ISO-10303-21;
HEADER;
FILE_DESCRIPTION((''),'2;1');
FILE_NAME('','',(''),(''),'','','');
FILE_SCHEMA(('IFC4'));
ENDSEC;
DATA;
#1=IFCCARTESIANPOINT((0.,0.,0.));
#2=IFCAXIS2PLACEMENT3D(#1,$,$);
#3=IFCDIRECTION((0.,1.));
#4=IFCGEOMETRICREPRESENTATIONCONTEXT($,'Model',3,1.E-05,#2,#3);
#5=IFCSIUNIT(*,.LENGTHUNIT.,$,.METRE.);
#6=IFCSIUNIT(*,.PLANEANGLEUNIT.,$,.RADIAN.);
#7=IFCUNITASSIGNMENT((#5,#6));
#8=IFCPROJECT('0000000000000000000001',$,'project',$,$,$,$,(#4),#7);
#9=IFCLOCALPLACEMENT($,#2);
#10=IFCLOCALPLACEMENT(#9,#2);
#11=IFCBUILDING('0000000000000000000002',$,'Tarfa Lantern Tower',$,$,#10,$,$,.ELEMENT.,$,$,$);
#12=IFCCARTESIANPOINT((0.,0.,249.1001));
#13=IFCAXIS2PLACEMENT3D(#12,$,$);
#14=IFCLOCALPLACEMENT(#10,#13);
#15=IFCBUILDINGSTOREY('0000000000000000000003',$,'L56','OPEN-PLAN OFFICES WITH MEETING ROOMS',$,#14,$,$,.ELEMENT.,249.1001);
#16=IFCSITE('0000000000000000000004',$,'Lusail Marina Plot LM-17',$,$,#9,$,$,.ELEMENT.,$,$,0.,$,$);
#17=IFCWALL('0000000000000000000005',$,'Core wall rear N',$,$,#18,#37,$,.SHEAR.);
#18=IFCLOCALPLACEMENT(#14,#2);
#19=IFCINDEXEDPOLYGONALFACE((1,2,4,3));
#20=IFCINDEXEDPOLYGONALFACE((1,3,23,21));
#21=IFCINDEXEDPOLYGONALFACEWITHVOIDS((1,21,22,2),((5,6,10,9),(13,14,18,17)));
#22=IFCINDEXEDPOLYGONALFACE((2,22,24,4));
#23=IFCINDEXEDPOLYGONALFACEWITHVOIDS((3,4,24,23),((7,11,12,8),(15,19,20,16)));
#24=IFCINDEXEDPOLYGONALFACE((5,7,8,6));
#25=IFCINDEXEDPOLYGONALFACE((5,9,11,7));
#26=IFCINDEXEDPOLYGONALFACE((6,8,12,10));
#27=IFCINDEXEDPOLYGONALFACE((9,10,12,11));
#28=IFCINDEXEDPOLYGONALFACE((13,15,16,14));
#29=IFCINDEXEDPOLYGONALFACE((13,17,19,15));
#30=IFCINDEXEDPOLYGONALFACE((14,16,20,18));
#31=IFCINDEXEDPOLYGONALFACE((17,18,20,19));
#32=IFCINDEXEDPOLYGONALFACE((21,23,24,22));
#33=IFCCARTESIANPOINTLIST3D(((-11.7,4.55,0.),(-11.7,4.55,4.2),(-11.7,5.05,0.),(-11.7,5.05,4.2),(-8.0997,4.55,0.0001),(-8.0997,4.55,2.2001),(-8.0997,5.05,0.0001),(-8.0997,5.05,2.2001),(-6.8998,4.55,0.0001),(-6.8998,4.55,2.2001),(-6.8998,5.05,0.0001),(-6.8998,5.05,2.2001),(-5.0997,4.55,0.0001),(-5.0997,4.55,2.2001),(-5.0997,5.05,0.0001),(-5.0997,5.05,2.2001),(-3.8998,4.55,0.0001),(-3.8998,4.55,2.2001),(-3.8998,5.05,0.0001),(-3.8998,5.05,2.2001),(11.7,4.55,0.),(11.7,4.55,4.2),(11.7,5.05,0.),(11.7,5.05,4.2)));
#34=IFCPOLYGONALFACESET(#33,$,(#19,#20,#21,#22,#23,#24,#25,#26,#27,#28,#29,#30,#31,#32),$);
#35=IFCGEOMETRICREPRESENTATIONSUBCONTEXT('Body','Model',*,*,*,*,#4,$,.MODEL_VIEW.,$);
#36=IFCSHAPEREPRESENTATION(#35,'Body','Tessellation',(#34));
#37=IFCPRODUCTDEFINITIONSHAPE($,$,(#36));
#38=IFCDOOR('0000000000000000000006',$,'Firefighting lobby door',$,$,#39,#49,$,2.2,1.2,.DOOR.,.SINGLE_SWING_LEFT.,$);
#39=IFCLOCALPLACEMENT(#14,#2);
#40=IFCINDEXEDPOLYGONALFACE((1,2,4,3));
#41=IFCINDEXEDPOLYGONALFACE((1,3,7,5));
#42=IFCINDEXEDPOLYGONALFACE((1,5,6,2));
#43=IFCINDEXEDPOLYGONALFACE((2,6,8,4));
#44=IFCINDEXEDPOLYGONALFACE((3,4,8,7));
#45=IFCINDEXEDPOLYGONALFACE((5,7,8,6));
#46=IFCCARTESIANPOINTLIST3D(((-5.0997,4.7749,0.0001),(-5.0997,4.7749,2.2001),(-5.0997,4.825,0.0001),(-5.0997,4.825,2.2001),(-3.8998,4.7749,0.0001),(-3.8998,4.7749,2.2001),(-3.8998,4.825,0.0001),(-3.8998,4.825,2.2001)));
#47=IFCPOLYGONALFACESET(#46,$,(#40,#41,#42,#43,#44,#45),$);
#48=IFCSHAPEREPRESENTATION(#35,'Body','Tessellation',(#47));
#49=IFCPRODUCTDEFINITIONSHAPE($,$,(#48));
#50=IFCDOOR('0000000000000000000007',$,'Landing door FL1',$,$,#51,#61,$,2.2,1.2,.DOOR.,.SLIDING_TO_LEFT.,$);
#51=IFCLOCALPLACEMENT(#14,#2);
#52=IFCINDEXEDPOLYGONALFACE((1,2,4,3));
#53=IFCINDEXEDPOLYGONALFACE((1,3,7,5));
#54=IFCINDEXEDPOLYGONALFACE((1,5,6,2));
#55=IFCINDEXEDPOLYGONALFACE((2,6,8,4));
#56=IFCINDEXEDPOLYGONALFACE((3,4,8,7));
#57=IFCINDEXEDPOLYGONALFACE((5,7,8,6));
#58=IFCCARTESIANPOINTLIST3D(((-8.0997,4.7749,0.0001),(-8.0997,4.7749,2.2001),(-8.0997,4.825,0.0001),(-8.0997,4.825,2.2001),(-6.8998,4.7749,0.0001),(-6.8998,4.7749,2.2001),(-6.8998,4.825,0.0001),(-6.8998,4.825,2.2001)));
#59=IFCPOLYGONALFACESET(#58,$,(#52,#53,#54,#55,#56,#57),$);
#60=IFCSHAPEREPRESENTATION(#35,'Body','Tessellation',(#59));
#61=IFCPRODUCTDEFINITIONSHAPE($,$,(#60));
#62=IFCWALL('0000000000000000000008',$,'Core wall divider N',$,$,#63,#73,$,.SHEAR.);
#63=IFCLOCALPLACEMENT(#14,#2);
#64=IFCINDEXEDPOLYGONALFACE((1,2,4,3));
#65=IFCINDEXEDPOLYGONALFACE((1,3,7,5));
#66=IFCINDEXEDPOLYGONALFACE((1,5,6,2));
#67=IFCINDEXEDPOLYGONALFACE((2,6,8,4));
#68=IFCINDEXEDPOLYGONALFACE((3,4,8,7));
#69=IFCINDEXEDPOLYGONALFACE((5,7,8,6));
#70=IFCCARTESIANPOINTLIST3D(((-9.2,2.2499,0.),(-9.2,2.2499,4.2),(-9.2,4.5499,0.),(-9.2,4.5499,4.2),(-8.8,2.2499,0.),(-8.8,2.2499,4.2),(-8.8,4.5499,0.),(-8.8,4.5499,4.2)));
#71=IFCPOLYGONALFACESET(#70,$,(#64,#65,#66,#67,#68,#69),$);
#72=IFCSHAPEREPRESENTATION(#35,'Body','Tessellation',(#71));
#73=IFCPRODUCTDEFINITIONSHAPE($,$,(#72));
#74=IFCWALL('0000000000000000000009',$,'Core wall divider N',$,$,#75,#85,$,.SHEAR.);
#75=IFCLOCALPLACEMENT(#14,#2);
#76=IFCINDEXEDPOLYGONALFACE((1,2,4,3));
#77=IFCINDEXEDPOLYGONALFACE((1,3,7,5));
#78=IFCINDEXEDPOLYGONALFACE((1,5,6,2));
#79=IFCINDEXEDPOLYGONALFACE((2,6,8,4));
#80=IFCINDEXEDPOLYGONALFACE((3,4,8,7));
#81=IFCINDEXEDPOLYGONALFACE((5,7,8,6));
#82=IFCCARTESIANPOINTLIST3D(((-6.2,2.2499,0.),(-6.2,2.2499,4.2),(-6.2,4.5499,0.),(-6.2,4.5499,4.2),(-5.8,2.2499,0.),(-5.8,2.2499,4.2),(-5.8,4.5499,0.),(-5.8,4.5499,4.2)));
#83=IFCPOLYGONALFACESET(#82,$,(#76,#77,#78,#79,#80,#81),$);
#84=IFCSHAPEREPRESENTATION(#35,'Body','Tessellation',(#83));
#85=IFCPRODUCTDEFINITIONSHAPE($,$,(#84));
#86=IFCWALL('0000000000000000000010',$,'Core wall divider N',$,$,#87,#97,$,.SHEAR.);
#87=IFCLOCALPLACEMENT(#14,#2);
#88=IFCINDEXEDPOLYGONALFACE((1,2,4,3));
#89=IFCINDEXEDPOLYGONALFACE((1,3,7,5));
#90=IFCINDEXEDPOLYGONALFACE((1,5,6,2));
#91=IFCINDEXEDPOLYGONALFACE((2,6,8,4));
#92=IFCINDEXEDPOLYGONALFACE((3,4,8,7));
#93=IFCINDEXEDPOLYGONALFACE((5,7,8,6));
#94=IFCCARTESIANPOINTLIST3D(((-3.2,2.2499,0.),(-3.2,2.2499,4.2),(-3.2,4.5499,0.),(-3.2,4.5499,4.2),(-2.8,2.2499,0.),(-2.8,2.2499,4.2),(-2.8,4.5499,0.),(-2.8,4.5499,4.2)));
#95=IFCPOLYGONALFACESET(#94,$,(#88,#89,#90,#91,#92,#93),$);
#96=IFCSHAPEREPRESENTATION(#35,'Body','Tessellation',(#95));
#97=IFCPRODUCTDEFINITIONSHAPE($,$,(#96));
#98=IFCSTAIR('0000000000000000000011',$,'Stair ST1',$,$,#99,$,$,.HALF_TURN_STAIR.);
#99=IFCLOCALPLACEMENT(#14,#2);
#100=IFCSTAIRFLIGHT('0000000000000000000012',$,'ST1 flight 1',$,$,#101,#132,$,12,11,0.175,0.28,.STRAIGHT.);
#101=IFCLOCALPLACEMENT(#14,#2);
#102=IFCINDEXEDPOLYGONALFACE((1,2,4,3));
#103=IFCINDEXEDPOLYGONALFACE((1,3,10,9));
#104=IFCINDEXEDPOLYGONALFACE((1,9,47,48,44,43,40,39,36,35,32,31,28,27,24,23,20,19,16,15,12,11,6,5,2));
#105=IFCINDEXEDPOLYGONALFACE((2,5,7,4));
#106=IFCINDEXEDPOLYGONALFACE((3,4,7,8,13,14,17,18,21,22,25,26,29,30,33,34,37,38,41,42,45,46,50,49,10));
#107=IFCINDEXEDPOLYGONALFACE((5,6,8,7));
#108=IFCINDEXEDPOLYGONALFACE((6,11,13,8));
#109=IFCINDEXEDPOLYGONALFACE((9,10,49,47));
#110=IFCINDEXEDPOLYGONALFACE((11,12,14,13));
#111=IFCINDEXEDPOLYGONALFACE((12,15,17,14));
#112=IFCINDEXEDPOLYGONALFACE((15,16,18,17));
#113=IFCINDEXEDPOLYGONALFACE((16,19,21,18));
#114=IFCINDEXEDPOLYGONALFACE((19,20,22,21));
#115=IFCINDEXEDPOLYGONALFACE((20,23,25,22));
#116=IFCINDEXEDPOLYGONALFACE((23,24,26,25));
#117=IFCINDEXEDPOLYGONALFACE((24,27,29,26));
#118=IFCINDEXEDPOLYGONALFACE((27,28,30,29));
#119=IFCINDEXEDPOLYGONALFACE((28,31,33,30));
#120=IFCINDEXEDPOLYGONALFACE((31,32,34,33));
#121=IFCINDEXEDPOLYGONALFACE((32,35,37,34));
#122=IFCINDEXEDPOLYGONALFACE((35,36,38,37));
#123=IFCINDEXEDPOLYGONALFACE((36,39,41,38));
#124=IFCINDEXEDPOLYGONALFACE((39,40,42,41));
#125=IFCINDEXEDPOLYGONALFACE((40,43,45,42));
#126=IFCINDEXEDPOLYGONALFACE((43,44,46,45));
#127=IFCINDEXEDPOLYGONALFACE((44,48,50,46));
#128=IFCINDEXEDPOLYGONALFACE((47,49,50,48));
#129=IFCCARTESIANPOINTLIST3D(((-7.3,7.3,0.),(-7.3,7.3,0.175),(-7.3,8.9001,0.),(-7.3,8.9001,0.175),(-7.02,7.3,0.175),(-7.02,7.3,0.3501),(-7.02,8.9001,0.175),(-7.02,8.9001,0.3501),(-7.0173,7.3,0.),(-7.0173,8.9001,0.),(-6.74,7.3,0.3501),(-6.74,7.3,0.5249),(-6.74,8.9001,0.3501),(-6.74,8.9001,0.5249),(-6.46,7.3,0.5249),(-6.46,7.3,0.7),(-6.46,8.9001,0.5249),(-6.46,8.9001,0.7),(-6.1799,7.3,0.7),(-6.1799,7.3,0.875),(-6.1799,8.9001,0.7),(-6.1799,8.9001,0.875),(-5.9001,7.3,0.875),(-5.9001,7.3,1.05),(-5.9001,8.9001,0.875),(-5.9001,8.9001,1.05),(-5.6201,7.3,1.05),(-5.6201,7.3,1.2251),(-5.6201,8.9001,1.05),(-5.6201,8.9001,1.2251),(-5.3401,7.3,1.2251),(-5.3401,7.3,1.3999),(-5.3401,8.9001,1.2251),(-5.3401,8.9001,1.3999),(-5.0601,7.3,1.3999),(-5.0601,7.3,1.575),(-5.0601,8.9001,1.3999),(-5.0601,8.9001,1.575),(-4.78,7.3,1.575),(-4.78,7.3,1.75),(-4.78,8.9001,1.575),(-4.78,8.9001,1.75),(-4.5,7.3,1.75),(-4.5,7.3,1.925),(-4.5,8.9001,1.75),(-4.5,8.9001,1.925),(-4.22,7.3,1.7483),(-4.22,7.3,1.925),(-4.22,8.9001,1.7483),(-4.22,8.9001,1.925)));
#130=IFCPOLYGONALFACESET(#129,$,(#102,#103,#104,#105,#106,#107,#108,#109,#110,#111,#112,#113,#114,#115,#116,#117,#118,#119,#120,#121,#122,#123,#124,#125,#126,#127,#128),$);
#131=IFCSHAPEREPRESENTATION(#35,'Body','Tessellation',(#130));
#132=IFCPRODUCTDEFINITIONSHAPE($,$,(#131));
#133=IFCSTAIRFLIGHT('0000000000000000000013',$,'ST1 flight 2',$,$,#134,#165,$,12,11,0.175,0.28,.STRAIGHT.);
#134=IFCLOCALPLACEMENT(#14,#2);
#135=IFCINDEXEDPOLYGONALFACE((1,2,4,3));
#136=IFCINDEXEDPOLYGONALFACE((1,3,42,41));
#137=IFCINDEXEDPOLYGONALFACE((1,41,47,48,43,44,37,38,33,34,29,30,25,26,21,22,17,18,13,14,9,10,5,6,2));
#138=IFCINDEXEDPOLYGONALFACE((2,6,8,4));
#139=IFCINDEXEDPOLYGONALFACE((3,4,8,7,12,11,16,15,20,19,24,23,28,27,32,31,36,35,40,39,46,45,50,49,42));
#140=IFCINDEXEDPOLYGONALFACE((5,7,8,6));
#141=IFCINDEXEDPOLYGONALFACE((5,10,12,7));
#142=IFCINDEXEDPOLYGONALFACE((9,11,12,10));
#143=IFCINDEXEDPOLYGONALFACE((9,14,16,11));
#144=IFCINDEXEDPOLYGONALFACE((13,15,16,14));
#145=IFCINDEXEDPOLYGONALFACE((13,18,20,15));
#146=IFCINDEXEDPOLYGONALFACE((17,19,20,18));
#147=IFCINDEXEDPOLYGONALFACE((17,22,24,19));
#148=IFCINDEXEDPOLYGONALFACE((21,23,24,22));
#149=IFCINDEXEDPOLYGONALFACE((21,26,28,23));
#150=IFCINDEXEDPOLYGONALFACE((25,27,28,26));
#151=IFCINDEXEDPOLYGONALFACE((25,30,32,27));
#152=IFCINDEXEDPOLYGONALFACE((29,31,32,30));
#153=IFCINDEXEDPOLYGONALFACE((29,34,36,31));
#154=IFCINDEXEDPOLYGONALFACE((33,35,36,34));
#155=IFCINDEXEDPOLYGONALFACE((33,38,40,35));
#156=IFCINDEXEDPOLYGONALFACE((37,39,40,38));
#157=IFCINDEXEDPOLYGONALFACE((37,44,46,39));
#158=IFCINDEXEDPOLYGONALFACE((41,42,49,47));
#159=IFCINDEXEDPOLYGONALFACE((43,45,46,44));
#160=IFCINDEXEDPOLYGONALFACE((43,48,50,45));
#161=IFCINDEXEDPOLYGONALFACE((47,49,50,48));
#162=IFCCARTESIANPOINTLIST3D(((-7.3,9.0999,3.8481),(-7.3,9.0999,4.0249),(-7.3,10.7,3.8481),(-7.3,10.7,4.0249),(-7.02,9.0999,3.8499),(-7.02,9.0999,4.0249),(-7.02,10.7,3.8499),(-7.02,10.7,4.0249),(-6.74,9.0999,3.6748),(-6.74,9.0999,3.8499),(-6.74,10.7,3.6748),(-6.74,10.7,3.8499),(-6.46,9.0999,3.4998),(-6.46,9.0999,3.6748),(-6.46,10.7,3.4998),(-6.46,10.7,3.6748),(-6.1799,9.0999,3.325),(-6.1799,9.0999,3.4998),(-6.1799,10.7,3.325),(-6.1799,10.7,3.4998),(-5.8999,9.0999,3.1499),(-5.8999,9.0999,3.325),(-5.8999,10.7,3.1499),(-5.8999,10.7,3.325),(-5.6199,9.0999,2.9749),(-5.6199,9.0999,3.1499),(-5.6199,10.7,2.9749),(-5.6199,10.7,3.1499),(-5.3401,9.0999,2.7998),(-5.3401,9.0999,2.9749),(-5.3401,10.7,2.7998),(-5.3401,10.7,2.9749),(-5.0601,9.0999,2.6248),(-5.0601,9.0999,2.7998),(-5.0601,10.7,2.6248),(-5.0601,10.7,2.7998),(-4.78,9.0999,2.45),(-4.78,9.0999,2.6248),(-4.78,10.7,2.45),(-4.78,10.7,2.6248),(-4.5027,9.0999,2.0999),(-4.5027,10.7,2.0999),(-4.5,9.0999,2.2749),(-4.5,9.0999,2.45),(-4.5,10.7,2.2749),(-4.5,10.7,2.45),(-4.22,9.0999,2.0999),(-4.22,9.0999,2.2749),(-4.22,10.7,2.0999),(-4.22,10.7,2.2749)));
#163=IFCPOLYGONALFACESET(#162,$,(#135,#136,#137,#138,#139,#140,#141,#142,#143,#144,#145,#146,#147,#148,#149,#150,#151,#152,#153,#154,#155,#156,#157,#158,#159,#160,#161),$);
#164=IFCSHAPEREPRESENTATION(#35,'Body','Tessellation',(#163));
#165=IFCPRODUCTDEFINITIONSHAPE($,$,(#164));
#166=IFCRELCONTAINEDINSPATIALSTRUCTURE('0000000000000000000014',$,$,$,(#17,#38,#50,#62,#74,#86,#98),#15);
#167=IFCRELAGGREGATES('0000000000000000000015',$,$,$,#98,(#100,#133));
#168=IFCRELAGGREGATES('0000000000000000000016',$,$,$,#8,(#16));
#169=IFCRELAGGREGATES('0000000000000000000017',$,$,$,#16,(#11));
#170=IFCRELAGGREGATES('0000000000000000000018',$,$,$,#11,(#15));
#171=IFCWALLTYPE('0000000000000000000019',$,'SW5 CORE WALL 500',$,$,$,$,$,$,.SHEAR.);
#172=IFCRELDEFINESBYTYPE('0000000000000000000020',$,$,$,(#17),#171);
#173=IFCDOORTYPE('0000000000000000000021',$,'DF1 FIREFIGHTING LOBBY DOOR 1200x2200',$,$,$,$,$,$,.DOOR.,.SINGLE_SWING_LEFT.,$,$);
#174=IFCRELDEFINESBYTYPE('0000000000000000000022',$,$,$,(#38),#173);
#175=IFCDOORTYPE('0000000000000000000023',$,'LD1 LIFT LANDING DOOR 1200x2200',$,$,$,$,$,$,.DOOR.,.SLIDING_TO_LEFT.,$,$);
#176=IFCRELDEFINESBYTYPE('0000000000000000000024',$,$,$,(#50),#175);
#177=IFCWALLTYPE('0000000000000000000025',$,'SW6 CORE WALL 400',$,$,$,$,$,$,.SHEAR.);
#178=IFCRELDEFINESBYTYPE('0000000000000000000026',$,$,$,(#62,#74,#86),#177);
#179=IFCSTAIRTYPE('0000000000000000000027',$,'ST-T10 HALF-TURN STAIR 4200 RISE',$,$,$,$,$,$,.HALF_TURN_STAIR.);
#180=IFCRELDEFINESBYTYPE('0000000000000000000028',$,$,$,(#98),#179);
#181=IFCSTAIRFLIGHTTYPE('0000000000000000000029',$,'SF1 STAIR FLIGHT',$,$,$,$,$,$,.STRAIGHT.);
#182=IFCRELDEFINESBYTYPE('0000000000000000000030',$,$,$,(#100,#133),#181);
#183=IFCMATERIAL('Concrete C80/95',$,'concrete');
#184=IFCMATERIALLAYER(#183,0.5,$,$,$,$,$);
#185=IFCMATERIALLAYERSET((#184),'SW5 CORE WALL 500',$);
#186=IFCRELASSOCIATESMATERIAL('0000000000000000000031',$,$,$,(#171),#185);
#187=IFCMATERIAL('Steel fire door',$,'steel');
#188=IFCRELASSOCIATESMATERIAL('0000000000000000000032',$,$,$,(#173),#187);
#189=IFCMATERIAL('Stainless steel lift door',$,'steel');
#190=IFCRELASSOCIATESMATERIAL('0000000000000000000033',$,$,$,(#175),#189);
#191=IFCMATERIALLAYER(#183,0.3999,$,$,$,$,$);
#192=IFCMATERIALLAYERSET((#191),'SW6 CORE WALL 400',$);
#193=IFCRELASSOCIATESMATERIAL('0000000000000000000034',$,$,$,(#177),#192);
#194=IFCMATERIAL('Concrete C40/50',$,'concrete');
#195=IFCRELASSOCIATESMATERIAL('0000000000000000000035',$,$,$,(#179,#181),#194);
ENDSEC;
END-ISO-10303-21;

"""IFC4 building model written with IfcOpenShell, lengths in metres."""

from ifc_helpers import new_model, si_unit, direction, frame, frame_2d, origin, place, context, subcontext, project, spatial, polyline, rectangle, outline, extrude, material, layer, layer_set, type_object, element, fill, aggregate, save


model = new_model("IFC4")

# Units and contexts
model_context = context("Model", 3, precision=1e-05, world=origin(), true_north=direction((0.0, 1.0)))
body_context = subcontext(model_context, "Body", "Model", "MODEL_VIEW")
ifc_project = project(units=[si_unit("LENGTHUNIT", "METRE"), si_unit("PLANEANGLEUNIT", "RADIAN")], contexts=[model_context])

# Site, building, storey
site_placement = place(None, origin())
site = spatial("IfcSite", under=ifc_project, at=site_placement, Name="Lusail Marina Plot LM-17", CompositionType="ELEMENT", RefElevation=0.0)
building_placement = place(site_placement, origin())
building = spatial("IfcBuilding", under=site, at=building_placement, Name="Tarfa Lantern Tower", CompositionType="ELEMENT")
storey_placement = place(building_placement, frame((0.0, 0.0, 249.1001)))
storey = spatial("IfcBuildingStorey", under=building, at=storey_placement, Name="L56", Description="OPEN-PLAN OFFICES WITH MEETING ROOMS", CompositionType="ELEMENT", Elevation=249.1001)

# Shared definitions
ifc_material_1 = material(Name="Concrete C80/95", Category="concrete")

# Shared definitions
ifc_material_2 = material(Name="Steel fire door", Category="steel")

# Wall, openings, doors
ifc_layer_1 = layer(ifc_material_1, 0.5)
ifc_layer_set_1 = layer_set([ifc_layer_1], Name="SW5 CORE WALL 500")
wall_type_1 = type_object("IfcWallType", Name="SW5 CORE WALL 500", PredefinedType="SHEAR", material=ifc_layer_set_1)
ifc_material_3 = material(Name="Stainless steel lift door", Category="steel")
wall_1_placement = place(storey_placement, frame((-11.7, 4.8, 0.0), z_axis=(0.0, 0.0, 1.0), x_axis=(1.0, 0.0, 0.0)))
wall_1 = element("IfcWall", 1, at=wall_1_placement, inside=storey, type_object=wall_type_1, Name="Core wall rear N", PredefinedType="SHEAR", context=body_context, shape_type="SweptSolid", body=[
    extrude(rectangle(XDim=23.3999, YDim=0.5, at=frame_2d((11.7, 0.0))), origin(), (0.0, 0.0, 1.0), 4.2),
])
opening_1_placement = place(wall_1_placement, frame((6.6001, 0.0, 0.0)))
opening_1 = element("IfcOpeningElement", 2, at=opening_1_placement, cuts=wall_1, PredefinedType="OPENING", context=body_context, shape_type="SweptSolid", body=[
    extrude(rectangle(XDim=1.2, YDim=2.2, at=frame_2d((0.6001, 1.1001))), frame((0.0, 0.26, 0.0), z_axis=(0.0, -1.0, 0.0), x_axis=(1.0, 0.0, 0.0)), (0.0, 0.0, 1.0), 0.52),
])
opening_2_placement = place(wall_1_placement, frame((3.6001, 0.0, 0.0)))
opening_2 = element("IfcOpeningElement", 3, at=opening_2_placement, cuts=wall_1, PredefinedType="OPENING", context=body_context, shape_type="SweptSolid", body=[
    extrude(rectangle(XDim=1.2, YDim=2.2, at=frame_2d((0.6001, 1.1001))), frame((0.0, 0.26, 0.0), z_axis=(0.0, -1.0, 0.0), x_axis=(1.0, 0.0, 0.0)), (0.0, 0.0, 1.0), 0.52),
])
door_type_1 = type_object("IfcDoorType", Name="DF1 FIREFIGHTING LOBBY DOOR 1200x2200", OperationType="SINGLE_SWING_LEFT", PredefinedType="DOOR", material=ifc_material_2)
door_1_placement = place(opening_1_placement, origin())
door_1 = element("IfcDoor", 4, at=door_1_placement, inside=storey, type_object=door_type_1, Name="Firefighting lobby door", OperationType="SINGLE_SWING_LEFT", OverallHeight=2.2, OverallWidth=1.2, PredefinedType="DOOR", context=body_context, shape_type="SweptSolid", body=[
    extrude(rectangle(XDim=1.2, YDim=2.2, at=frame_2d((0.6001, 1.1001))), frame((0.0, 0.0249, 0.0), z_axis=(0.0, -1.0, 0.0), x_axis=(1.0, 0.0, 0.0)), (0.0, 0.0, 1.0), 0.05),
])
fill(opening_1, door_1)
door_type_2 = type_object("IfcDoorType", Name="LD1 LIFT LANDING DOOR 1200x2200", OperationType="SLIDING_TO_LEFT", PredefinedType="DOOR", material=ifc_material_3)
door_2_placement = place(opening_2_placement, origin())
door_2 = element("IfcDoor", 5, at=door_2_placement, inside=storey, type_object=door_type_2, Name="Landing door FL1", OperationType="SLIDING_TO_LEFT", OverallHeight=2.2, OverallWidth=1.2, PredefinedType="DOOR", context=body_context, shape_type="SweptSolid", body=[
    extrude(rectangle(XDim=1.2, YDim=2.2, at=frame_2d((0.6001, 1.1001))), frame((0.0, 0.0249, 0.0), z_axis=(0.0, -1.0, 0.0), x_axis=(1.0, 0.0, 0.0)), (0.0, 0.0, 1.0), 0.05),
])
fill(opening_2, door_2)

# Walls
ifc_layer_2 = layer(ifc_material_1, 0.3999)
ifc_layer_set_2 = layer_set([ifc_layer_2], Name="SW6 CORE WALL 400")
wall_type_2 = type_object("IfcWallType", Name="SW6 CORE WALL 400", PredefinedType="SHEAR", material=ifc_layer_set_2)
for number, where, z_axis, x_axis, name in (
    (6, (-9.0, 2.25, 0.0), (0.0, 0.0, 1.0), (0.0, 1.0, 0.0), "Core wall divider N"),
    (7, (-6.0, 2.25, 0.0), (0.0, 0.0, 1.0), (0.0, 1.0, 0.0), "Core wall divider N"),
    (8, (-3.0, 2.25, 0.0), (0.0, 0.0, 1.0), (0.0, 1.0, 0.0), "Core wall divider N"),
):
    element("IfcWall", number, at=place(storey_placement, frame(where, z_axis=z_axis, x_axis=x_axis)), inside=storey, type_object=wall_type_2, Name=name, PredefinedType="SHEAR", context=body_context, shape_type="SweptSolid", body=[
        extrude(rectangle(XDim=2.3, YDim=0.3999, at=frame_2d((1.1499, 0.0))), origin(), (0.0, 0.0, 1.0), 4.2),
    ])

# Stair, stair flights
ifc_material_4 = material(Name="Concrete C40/50", Category="concrete")
stair_type = type_object("IfcStairType", Name="ST-T10 HALF-TURN STAIR 4200 RISE", PredefinedType="HALF_TURN_STAIR", material=ifc_material_4)
stair_placement = place(storey_placement, origin())
stair = element("IfcStair", 9, at=stair_placement, inside=storey, type_object=stair_type, Name="Stair ST1", PredefinedType="HALF_TURN_STAIR")
stair_flight_type = type_object("IfcStairFlightType", Name="SF1 STAIR FLIGHT", PredefinedType="STRAIGHT", material=ifc_material_4)
stair_flight_1_placement = place(storey_placement, frame((-7.3, 8.1001, 0.0), z_axis=(0.0, 0.0, 1.0), x_axis=(1.0, 0.0, 0.0)))
stair_flight_1 = element("IfcStairFlight", 10, at=stair_flight_1_placement, type_object=stair_flight_type, Name="ST1 flight 1", NumberOfRisers=12, NumberOfTreads=11, PredefinedType="STRAIGHT", RiserHeight=0.175, TreadLength=0.28, context=body_context, shape_type="SweptSolid", body=[
    extrude(outline(polyline([(0.0, 0.0), (0.0, 0.175), (0.28, 0.175), (0.28, 0.3501), (0.5601, 0.3501), (0.5601, 0.5249), (0.8401, 0.5249), (0.8401, 0.7), (1.1201, 0.7), (1.1201, 0.875), (1.3999, 0.875), (1.3999, 1.05), (1.6799, 1.05), (1.6799, 1.2251), (1.96, 1.2251), (1.96, 1.3999), (2.24, 1.3999), (2.24, 1.575), (2.52, 1.575), (2.52, 1.75), (2.8, 1.75), (2.8, 1.925), (3.0801, 1.925), (3.0801, 2.1001), (3.0801, 1.7483), (0.2827, 0.0), (0.0, 0.0)])), frame((0.0, 0.8, 0.0), z_axis=(0.0, -1.0, 0.0), x_axis=(1.0, 0.0, 0.0)), (0.0, 0.0, 1.0), 1.6001),
])
stair_flight_2_placement = place(storey_placement, frame((-4.22, 9.8999, 2.0999), z_axis=(0.0, 0.0, 1.0), x_axis=(-1.0, 0.0, 0.0)))
stair_flight_2 = element("IfcStairFlight", 11, at=stair_flight_2_placement, type_object=stair_flight_type, Name="ST1 flight 2", NumberOfRisers=12, NumberOfTreads=11, PredefinedType="STRAIGHT", RiserHeight=0.175, TreadLength=0.28, context=body_context, shape_type="SweptSolid", body=[
    extrude(outline(polyline([(0.0, 0.0), (0.0, 0.175), (0.28, 0.175), (0.28, 0.3501), (0.5601, 0.3501), (0.5601, 0.5249), (0.8401, 0.5249), (0.8401, 0.7), (1.1201, 0.7), (1.1201, 0.875), (1.3999, 0.875), (1.3999, 1.05), (1.6799, 1.05), (1.6799, 1.2251), (1.96, 1.2251), (1.96, 1.3999), (2.24, 1.3999), (2.24, 1.575), (2.52, 1.575), (2.52, 1.75), (2.8, 1.75), (2.8, 1.925), (3.0801, 1.925), (3.0801, 2.1001), (3.0801, 1.7483), (0.2827, 0.0), (0.0, 0.0)])), frame((0.0, 0.8, 0.0), z_axis=(0.0, -1.0, 0.0), x_axis=(1.0, 0.0, 0.0)), (0.0, 0.0, 1.0), 1.6001),
])
aggregate(stair, [stair_flight_1, stair_flight_2])

save(model, "model.ifc")
